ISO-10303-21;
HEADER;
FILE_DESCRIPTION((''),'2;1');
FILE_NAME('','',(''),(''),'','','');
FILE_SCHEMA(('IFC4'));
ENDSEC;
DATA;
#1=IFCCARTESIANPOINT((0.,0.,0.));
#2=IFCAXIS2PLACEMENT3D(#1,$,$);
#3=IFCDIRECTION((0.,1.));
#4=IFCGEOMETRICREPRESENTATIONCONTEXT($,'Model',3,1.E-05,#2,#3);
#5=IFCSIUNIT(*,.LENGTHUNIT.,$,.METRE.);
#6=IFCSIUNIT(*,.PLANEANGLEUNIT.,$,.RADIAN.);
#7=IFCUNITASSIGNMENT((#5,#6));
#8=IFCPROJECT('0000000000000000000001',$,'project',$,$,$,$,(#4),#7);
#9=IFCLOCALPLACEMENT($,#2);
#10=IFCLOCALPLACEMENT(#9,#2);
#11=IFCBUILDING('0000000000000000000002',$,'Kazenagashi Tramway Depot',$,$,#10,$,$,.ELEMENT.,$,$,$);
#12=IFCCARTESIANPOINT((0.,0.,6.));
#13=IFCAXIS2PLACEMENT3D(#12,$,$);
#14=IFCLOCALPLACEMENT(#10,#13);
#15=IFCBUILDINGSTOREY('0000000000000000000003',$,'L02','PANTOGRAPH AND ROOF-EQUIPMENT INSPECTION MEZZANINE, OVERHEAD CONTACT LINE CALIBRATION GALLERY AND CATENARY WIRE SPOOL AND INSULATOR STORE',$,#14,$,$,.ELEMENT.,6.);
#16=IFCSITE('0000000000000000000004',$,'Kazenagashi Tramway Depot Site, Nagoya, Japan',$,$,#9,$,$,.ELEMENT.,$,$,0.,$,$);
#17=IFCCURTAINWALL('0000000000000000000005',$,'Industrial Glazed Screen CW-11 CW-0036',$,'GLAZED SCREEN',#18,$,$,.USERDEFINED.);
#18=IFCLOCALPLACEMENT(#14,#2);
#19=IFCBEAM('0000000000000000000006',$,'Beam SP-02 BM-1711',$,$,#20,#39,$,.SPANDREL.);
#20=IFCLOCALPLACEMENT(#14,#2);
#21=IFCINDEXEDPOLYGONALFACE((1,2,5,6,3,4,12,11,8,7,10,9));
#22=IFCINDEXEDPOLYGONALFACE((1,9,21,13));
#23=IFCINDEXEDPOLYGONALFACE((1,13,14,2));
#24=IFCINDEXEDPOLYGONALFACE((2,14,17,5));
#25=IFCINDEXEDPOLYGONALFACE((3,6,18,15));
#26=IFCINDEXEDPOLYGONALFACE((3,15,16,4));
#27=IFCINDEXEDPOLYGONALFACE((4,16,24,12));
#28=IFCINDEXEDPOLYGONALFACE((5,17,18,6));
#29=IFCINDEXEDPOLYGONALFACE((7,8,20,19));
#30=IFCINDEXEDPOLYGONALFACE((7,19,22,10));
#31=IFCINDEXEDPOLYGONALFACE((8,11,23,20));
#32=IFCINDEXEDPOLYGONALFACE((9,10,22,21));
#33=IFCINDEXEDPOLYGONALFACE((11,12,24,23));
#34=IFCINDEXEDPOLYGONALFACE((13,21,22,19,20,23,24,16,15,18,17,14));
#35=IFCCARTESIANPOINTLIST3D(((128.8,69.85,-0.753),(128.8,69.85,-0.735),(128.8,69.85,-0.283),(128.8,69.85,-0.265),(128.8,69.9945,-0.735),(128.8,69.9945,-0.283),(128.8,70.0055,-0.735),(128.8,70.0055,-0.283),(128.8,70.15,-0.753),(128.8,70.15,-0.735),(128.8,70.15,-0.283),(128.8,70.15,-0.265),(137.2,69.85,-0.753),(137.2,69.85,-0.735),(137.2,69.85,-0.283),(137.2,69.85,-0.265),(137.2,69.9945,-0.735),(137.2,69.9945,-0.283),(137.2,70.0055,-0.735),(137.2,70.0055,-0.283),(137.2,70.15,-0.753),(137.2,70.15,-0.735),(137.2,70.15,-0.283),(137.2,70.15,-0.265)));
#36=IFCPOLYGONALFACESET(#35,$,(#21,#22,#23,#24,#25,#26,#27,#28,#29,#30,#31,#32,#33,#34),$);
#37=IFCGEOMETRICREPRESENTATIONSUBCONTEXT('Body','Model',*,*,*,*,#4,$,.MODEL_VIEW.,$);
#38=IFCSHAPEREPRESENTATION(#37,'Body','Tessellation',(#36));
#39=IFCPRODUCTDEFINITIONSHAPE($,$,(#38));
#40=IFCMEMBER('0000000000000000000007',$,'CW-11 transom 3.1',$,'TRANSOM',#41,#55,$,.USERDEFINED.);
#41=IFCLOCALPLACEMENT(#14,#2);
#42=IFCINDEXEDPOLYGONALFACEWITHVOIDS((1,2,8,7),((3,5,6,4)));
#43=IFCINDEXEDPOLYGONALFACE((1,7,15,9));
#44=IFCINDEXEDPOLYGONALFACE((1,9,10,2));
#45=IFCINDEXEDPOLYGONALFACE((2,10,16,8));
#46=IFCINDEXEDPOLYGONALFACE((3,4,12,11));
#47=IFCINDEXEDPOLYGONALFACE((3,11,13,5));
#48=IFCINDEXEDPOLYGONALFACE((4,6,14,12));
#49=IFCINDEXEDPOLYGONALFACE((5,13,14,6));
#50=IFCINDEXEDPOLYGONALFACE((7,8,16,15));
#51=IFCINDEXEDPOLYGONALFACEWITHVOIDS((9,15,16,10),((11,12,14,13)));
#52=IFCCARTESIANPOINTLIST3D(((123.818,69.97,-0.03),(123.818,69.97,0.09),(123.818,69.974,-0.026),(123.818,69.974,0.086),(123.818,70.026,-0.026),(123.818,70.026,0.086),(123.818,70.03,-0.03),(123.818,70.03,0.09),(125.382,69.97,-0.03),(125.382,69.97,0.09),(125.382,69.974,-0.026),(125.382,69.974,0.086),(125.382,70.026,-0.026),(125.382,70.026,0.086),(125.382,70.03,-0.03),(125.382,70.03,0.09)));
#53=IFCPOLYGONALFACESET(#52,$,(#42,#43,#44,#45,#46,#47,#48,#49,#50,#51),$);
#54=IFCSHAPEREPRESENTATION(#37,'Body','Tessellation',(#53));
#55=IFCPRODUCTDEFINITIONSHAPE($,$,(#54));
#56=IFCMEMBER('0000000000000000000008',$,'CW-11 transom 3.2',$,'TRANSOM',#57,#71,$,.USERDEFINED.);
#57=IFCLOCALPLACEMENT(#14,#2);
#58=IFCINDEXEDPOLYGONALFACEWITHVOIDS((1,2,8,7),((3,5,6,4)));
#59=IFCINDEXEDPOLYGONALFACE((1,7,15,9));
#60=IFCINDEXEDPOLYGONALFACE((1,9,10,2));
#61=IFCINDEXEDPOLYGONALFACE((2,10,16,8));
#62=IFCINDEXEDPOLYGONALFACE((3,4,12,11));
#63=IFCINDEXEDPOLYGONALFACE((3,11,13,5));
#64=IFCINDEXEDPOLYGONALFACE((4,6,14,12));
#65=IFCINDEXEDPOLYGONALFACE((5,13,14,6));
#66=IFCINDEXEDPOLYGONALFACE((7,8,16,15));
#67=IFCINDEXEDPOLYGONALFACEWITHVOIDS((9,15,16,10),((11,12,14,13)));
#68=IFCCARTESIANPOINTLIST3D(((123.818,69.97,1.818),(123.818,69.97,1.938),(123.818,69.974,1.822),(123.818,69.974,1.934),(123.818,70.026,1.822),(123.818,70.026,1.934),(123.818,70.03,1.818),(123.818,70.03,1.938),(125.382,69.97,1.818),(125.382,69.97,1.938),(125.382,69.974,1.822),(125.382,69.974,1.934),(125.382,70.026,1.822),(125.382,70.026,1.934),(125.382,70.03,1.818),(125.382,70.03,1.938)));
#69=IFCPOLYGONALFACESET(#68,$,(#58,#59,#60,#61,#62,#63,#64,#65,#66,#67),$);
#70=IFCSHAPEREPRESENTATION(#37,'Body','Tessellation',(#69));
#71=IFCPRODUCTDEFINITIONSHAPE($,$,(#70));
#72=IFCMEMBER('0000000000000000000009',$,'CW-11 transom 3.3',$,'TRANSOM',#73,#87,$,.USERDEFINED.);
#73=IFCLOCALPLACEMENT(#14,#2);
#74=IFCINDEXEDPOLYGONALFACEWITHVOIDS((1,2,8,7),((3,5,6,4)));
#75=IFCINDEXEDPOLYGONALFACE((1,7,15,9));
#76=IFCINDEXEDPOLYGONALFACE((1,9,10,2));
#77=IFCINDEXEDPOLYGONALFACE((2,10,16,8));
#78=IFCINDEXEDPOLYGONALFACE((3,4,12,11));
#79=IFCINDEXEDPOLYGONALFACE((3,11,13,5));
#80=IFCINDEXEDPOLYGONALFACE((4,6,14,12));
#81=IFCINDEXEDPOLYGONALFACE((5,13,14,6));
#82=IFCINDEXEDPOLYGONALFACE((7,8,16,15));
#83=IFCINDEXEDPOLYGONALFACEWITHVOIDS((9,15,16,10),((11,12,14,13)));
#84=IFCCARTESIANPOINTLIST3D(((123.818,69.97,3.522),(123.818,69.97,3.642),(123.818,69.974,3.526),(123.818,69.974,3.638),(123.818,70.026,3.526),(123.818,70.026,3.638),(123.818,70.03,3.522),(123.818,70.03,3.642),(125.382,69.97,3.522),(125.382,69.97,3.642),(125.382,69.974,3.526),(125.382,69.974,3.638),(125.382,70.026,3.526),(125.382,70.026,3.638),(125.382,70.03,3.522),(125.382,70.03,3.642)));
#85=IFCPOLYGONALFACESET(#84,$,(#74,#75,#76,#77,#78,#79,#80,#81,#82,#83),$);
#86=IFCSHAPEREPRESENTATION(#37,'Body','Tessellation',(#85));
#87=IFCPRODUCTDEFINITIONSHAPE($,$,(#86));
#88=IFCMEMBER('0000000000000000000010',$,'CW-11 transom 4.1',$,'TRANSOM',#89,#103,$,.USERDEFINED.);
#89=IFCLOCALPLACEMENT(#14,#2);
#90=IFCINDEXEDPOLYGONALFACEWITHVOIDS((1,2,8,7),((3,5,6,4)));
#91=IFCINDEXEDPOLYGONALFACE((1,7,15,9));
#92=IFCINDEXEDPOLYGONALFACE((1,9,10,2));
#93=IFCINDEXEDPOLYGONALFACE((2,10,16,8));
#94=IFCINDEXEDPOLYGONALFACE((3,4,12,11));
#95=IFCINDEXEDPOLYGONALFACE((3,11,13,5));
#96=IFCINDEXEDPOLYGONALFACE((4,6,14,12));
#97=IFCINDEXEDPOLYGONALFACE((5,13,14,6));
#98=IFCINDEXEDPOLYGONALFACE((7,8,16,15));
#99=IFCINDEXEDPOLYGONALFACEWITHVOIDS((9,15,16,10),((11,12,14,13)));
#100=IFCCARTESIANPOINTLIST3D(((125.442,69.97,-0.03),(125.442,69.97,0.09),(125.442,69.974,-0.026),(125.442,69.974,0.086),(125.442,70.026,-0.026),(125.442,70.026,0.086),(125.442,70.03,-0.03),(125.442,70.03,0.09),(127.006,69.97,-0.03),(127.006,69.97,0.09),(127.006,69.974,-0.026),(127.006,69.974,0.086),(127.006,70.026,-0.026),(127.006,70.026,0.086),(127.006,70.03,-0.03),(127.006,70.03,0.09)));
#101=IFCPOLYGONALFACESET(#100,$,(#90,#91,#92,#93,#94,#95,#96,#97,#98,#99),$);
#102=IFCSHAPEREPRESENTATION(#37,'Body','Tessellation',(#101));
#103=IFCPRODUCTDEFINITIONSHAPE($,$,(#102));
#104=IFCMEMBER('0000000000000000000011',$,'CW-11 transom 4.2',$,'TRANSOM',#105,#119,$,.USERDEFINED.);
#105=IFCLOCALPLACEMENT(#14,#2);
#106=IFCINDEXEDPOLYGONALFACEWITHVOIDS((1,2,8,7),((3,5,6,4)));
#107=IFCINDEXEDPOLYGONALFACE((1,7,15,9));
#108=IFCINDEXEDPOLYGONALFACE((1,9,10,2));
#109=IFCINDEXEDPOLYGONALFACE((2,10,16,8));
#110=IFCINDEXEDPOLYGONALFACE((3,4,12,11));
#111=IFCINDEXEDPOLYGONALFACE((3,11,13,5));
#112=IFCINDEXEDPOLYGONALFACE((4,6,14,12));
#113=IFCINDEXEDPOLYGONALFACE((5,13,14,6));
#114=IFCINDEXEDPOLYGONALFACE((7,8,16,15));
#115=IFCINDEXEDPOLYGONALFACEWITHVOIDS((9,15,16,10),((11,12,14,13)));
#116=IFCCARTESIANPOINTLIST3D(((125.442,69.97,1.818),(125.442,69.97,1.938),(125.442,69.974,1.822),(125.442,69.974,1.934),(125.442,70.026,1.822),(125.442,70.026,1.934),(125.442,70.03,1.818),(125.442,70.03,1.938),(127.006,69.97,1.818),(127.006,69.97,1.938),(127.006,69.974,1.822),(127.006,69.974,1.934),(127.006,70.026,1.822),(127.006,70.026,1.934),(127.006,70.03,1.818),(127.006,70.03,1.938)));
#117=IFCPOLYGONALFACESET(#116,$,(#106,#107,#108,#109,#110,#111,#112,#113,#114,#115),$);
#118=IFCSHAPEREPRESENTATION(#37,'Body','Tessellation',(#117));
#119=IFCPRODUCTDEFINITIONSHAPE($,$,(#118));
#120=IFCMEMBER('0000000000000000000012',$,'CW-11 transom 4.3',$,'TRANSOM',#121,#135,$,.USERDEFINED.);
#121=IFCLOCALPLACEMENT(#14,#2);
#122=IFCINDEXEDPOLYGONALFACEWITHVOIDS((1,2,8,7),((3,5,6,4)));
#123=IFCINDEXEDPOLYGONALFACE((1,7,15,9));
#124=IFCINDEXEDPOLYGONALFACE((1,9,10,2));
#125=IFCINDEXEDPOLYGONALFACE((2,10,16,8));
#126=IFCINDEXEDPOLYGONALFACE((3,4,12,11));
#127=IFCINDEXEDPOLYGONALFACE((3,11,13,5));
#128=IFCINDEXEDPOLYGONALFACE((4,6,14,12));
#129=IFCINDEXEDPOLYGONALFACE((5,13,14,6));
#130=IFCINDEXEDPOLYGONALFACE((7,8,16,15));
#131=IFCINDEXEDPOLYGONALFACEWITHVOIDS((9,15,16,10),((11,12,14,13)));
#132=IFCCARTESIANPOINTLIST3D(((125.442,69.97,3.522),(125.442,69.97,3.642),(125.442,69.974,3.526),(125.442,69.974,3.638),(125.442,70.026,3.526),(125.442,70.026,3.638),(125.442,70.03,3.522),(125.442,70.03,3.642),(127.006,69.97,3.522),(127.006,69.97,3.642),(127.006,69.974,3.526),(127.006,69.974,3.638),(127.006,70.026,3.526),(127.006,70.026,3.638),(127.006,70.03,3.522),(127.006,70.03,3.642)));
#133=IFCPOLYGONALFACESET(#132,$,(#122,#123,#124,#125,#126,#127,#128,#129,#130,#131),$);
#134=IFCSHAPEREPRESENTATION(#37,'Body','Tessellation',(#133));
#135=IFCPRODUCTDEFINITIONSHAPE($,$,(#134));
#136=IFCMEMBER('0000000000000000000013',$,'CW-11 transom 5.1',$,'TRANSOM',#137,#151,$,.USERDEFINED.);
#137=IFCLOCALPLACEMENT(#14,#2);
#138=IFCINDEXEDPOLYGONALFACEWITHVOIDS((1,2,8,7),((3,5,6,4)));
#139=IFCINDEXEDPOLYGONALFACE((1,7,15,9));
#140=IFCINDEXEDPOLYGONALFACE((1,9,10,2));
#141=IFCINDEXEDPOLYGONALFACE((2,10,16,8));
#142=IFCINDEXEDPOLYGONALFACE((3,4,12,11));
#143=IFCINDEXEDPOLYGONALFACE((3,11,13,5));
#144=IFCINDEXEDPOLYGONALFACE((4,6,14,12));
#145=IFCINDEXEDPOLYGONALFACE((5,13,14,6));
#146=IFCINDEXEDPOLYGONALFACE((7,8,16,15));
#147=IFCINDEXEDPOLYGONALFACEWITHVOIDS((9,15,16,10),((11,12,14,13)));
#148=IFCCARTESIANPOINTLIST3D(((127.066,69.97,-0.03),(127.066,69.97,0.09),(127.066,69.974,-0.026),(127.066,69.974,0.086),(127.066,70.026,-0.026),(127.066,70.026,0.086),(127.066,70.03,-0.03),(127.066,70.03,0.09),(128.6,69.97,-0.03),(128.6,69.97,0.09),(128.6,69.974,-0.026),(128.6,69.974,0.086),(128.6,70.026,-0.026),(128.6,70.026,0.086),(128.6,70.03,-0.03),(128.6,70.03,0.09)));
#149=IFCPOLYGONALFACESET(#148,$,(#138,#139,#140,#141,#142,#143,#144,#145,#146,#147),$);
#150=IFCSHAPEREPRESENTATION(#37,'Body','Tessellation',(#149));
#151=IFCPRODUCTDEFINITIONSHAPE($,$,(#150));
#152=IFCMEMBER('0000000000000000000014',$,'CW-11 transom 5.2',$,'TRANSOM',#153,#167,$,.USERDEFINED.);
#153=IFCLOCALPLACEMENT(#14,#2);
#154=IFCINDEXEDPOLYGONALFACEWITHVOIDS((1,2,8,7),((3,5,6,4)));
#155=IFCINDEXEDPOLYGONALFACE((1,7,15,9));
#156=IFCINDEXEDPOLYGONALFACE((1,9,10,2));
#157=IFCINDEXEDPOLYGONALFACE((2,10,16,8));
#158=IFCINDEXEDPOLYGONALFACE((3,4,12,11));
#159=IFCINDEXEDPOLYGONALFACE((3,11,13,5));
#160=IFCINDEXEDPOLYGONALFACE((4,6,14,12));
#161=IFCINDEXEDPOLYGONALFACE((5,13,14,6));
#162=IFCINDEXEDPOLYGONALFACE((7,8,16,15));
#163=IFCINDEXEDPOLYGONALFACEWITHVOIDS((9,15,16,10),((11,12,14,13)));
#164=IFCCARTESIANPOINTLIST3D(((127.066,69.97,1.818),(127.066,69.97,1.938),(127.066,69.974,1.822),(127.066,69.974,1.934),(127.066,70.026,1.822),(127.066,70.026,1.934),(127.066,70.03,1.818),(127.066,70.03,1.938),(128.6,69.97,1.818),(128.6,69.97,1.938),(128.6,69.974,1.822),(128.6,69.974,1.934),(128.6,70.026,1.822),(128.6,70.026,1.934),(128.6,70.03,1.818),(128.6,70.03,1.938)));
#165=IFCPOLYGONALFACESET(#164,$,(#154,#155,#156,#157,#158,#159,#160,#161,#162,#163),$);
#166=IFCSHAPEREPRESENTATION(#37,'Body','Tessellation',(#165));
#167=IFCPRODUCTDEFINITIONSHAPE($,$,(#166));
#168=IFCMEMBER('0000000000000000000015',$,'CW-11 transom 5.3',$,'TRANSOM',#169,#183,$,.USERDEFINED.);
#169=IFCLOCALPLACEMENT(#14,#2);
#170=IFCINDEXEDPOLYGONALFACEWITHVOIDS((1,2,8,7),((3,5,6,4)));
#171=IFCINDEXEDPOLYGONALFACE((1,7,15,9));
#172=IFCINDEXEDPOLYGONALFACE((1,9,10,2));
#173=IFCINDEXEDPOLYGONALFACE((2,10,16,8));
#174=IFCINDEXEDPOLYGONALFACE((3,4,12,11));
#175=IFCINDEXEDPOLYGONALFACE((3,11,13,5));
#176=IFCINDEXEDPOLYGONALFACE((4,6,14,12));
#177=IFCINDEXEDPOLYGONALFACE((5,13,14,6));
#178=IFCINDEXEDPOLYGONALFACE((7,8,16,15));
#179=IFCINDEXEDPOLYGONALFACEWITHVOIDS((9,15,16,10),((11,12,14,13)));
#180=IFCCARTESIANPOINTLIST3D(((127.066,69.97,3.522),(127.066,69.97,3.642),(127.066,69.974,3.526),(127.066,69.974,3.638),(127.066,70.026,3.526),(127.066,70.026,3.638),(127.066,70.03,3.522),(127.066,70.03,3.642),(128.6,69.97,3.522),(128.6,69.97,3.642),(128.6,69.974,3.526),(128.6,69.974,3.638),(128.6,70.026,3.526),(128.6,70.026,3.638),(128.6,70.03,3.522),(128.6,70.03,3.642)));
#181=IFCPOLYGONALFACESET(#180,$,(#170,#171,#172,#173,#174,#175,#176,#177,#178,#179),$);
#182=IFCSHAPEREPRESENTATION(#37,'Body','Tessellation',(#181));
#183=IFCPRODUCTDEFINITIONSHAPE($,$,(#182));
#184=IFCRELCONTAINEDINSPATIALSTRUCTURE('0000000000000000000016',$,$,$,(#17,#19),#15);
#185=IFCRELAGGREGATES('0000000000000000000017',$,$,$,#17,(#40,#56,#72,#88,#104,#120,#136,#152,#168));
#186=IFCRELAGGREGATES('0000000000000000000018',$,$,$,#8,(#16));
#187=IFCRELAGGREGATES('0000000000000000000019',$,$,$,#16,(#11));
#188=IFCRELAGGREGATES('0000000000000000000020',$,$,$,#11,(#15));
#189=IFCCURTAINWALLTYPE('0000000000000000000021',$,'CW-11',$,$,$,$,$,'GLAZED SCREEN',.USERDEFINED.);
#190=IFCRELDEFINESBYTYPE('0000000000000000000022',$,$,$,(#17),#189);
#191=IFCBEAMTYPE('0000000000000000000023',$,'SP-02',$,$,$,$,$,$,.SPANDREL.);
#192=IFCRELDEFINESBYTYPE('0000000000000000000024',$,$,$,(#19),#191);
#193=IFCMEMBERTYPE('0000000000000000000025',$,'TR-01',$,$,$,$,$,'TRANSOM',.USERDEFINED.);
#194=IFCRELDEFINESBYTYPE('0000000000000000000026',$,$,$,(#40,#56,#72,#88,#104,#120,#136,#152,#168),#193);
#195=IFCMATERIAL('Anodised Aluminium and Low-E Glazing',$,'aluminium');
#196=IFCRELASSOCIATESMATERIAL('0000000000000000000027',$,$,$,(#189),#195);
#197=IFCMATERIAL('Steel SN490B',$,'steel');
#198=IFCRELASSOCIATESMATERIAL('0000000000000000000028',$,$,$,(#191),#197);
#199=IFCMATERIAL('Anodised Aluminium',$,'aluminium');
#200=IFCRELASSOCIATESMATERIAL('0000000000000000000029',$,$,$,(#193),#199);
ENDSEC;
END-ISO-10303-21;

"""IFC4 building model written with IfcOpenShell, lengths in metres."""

from ifc_helpers import new_model, si_unit, direction, frame, origin, origin_2d, place, context, subcontext, project, spatial, hollow_rectangle, i_section, extrude, material, material_profile, profile_set, type_object, element, aggregate, save


model = new_model("IFC4")

# Units and contexts
model_context = context("Model", 3, precision=1e-05, world=origin(), true_north=direction((0.0, 1.0)))
body_context = subcontext(model_context, "Body", "Model", "MODEL_VIEW")
ifc_project = project(units=[si_unit("LENGTHUNIT", "METRE"), si_unit("PLANEANGLEUNIT", "RADIAN")], contexts=[model_context])

# Site, building, storey
site_placement = place(None, origin())
site = spatial("IfcSite", under=ifc_project, at=site_placement, Name="Kazenagashi Tramway Depot Site, Nagoya, Japan", CompositionType="ELEMENT", RefElevation=0.0)
building_placement = place(site_placement, origin())
building = spatial("IfcBuilding", under=site, at=building_placement, Name="Kazenagashi Tramway Depot", CompositionType="ELEMENT")
storey_placement = place(building_placement, frame((0.0, 0.0, 6.0)))
storey = spatial("IfcBuildingStorey", under=building, at=storey_placement, Name="L02", Description="PANTOGRAPH AND ROOF-EQUIPMENT INSPECTION MEZZANINE, OVERHEAD CONTACT LINE CALIBRATION GALLERY AND CATENARY WIRE SPOOL AND INSULATOR STORE", CompositionType="ELEMENT", Elevation=6.0)

# Shared definitions
ifc_material_1 = material(Name="Steel SN490B", Category="steel")

# Curtain wall
ifc_material_2 = material(Name="Anodised Aluminium and Low-E Glazing", Category="aluminium")
curtain_wall_type = type_object("IfcCurtainWallType", Name="CW-11", ElementType="GLAZED SCREEN", PredefinedType="USERDEFINED", material=ifc_material_2)
curtain_wall_1_placement = place(storey_placement, origin())
curtain_wall_1 = element("IfcCurtainWall", 1, at=curtain_wall_1_placement, inside=storey, type_object=curtain_wall_type, Name="Industrial Glazed Screen CW-11 CW-0036", ObjectType="GLAZED SCREEN", PredefinedType="USERDEFINED")
ifc_material_3 = material(Name="Anodised Aluminium", Category="aluminium")

# Beam
ifc_material_profile_1 = material_profile(ifc_material_1, i_section(OverallWidth=0.3, OverallDepth=0.488, WebThickness=0.011, FlangeThickness=0.018, at=origin_2d()), Name="H-488x300x11x18")
ifc_profile_set_1 = profile_set([ifc_material_profile_1], Name="Steel SN490B")
beam_type_1 = type_object("IfcBeamType", Name="SP-02", PredefinedType="SPANDREL", material=ifc_profile_set_1)
beam_1_placement = place(storey_placement, frame((128.8, 70.0, -0.509), z_axis=(1.0, 0.0, 0.0), x_axis=(0.0, 1.0, 0.0)))
element("IfcBeam", 2, at=beam_1_placement, inside=storey, type_object=beam_type_1, Name="Beam SP-02 BM-1711", PredefinedType="SPANDREL", context=body_context, shape_type="SweptSolid", body=[
    extrude(i_section(OverallWidth=0.3, OverallDepth=0.488, WebThickness=0.011, FlangeThickness=0.018, at=origin_2d()), origin(), (0.0, 0.0, 1.0), 8.4),
])

# Members
ifc_material_profile_2 = material_profile(ifc_material_3, hollow_rectangle(XDim=0.06, YDim=0.12, WallThickness=0.004, at=origin_2d()), Name="RHS-120x60x4")
ifc_profile_set_2 = profile_set([ifc_material_profile_2], Name="Anodised Aluminium")
member_type_1 = type_object("IfcMemberType", Name="TR-01", ElementType="TRANSOM", PredefinedType="USERDEFINED", material=ifc_profile_set_2)
member_1_placement = place(storey_placement, frame((123.818, 70.0, 0.03), z_axis=(1.0, 0.0, 0.0), x_axis=(0.0, 1.0, 0.0)))
member_1 = element("IfcMember", 3, at=member_1_placement, type_object=member_type_1, Name="CW-11 transom 3.1", ObjectType="TRANSOM", PredefinedType="USERDEFINED", context=body_context, shape_type="SweptSolid", body=[
    extrude(hollow_rectangle(XDim=0.06, YDim=0.12, WallThickness=0.004, at=origin_2d()), origin(), (0.0, 0.0, 1.0), 1.564),
])
member_2_placement = place(storey_placement, frame((123.818, 70.0, 1.878), z_axis=(1.0, 0.0, 0.0), x_axis=(0.0, 1.0, 0.0)))
member_2 = element("IfcMember", 4, at=member_2_placement, type_object=member_type_1, Name="CW-11 transom 3.2", ObjectType="TRANSOM", PredefinedType="USERDEFINED", context=body_context, shape_type="SweptSolid", body=[
    extrude(hollow_rectangle(XDim=0.06, YDim=0.12, WallThickness=0.004, at=origin_2d()), origin(), (0.0, 0.0, 1.0), 1.564),
])
member_3_placement = place(storey_placement, frame((123.818, 70.0, 3.582), z_axis=(1.0, 0.0, 0.0), x_axis=(0.0, 1.0, 0.0)))
member_3 = element("IfcMember", 5, at=member_3_placement, type_object=member_type_1, Name="CW-11 transom 3.3", ObjectType="TRANSOM", PredefinedType="USERDEFINED", context=body_context, shape_type="SweptSolid", body=[
    extrude(hollow_rectangle(XDim=0.06, YDim=0.12, WallThickness=0.004, at=origin_2d()), origin(), (0.0, 0.0, 1.0), 1.564),
])
member_4_placement = place(storey_placement, frame((125.442, 70.0, 0.03), z_axis=(1.0, 0.0, 0.0), x_axis=(0.0, 1.0, 0.0)))
member_4 = element("IfcMember", 6, at=member_4_placement, type_object=member_type_1, Name="CW-11 transom 4.1", ObjectType="TRANSOM", PredefinedType="USERDEFINED", context=body_context, shape_type="SweptSolid", body=[
    extrude(hollow_rectangle(XDim=0.06, YDim=0.12, WallThickness=0.004, at=origin_2d()), origin(), (0.0, 0.0, 1.0), 1.564),
])
member_5_placement = place(storey_placement, frame((125.442, 70.0, 1.878), z_axis=(1.0, 0.0, 0.0), x_axis=(0.0, 1.0, 0.0)))
member_5 = element("IfcMember", 7, at=member_5_placement, type_object=member_type_1, Name="CW-11 transom 4.2", ObjectType="TRANSOM", PredefinedType="USERDEFINED", context=body_context, shape_type="SweptSolid", body=[
    extrude(hollow_rectangle(XDim=0.06, YDim=0.12, WallThickness=0.004, at=origin_2d()), origin(), (0.0, 0.0, 1.0), 1.564),
])
member_6_placement = place(storey_placement, frame((125.442, 70.0, 3.582), z_axis=(1.0, 0.0, 0.0), x_axis=(0.0, 1.0, 0.0)))
member_6 = element("IfcMember", 8, at=member_6_placement, type_object=member_type_1, Name="CW-11 transom 4.3", ObjectType="TRANSOM", PredefinedType="USERDEFINED", context=body_context, shape_type="SweptSolid", body=[
    extrude(hollow_rectangle(XDim=0.06, YDim=0.12, WallThickness=0.004, at=origin_2d()), origin(), (0.0, 0.0, 1.0), 1.564),
])
member_7_placement = place(storey_placement, frame((127.066, 70.0, 0.03), z_axis=(1.0, 0.0, 0.0), x_axis=(0.0, 1.0, 0.0)))
member_7 = element("IfcMember", 9, at=member_7_placement, type_object=member_type_1, Name="CW-11 transom 5.1", ObjectType="TRANSOM", PredefinedType="USERDEFINED", context=body_context, shape_type="SweptSolid", body=[
    extrude(hollow_rectangle(XDim=0.06, YDim=0.12, WallThickness=0.004, at=origin_2d()), origin(), (0.0, 0.0, 1.0), 1.534),
])
member_8_placement = place(storey_placement, frame((127.066, 70.0, 1.878), z_axis=(1.0, 0.0, 0.0), x_axis=(0.0, 1.0, 0.0)))
member_8 = element("IfcMember", 10, at=member_8_placement, type_object=member_type_1, Name="CW-11 transom 5.2", ObjectType="TRANSOM", PredefinedType="USERDEFINED", context=body_context, shape_type="SweptSolid", body=[
    extrude(hollow_rectangle(XDim=0.06, YDim=0.12, WallThickness=0.004, at=origin_2d()), origin(), (0.0, 0.0, 1.0), 1.534),
])
member_9_placement = place(storey_placement, frame((127.066, 70.0, 3.582), z_axis=(1.0, 0.0, 0.0), x_axis=(0.0, 1.0, 0.0)))
member_9 = element("IfcMember", 11, at=member_9_placement, type_object=member_type_1, Name="CW-11 transom 5.3", ObjectType="TRANSOM", PredefinedType="USERDEFINED", context=body_context, shape_type="SweptSolid", body=[
    extrude(hollow_rectangle(XDim=0.06, YDim=0.12, WallThickness=0.004, at=origin_2d()), origin(), (0.0, 0.0, 1.0), 1.534),
])

aggregate(curtain_wall_1, [member_1, member_2, member_3, member_4, member_5, member_6, member_7, member_8, member_9])

save(model, "model.ifc")
